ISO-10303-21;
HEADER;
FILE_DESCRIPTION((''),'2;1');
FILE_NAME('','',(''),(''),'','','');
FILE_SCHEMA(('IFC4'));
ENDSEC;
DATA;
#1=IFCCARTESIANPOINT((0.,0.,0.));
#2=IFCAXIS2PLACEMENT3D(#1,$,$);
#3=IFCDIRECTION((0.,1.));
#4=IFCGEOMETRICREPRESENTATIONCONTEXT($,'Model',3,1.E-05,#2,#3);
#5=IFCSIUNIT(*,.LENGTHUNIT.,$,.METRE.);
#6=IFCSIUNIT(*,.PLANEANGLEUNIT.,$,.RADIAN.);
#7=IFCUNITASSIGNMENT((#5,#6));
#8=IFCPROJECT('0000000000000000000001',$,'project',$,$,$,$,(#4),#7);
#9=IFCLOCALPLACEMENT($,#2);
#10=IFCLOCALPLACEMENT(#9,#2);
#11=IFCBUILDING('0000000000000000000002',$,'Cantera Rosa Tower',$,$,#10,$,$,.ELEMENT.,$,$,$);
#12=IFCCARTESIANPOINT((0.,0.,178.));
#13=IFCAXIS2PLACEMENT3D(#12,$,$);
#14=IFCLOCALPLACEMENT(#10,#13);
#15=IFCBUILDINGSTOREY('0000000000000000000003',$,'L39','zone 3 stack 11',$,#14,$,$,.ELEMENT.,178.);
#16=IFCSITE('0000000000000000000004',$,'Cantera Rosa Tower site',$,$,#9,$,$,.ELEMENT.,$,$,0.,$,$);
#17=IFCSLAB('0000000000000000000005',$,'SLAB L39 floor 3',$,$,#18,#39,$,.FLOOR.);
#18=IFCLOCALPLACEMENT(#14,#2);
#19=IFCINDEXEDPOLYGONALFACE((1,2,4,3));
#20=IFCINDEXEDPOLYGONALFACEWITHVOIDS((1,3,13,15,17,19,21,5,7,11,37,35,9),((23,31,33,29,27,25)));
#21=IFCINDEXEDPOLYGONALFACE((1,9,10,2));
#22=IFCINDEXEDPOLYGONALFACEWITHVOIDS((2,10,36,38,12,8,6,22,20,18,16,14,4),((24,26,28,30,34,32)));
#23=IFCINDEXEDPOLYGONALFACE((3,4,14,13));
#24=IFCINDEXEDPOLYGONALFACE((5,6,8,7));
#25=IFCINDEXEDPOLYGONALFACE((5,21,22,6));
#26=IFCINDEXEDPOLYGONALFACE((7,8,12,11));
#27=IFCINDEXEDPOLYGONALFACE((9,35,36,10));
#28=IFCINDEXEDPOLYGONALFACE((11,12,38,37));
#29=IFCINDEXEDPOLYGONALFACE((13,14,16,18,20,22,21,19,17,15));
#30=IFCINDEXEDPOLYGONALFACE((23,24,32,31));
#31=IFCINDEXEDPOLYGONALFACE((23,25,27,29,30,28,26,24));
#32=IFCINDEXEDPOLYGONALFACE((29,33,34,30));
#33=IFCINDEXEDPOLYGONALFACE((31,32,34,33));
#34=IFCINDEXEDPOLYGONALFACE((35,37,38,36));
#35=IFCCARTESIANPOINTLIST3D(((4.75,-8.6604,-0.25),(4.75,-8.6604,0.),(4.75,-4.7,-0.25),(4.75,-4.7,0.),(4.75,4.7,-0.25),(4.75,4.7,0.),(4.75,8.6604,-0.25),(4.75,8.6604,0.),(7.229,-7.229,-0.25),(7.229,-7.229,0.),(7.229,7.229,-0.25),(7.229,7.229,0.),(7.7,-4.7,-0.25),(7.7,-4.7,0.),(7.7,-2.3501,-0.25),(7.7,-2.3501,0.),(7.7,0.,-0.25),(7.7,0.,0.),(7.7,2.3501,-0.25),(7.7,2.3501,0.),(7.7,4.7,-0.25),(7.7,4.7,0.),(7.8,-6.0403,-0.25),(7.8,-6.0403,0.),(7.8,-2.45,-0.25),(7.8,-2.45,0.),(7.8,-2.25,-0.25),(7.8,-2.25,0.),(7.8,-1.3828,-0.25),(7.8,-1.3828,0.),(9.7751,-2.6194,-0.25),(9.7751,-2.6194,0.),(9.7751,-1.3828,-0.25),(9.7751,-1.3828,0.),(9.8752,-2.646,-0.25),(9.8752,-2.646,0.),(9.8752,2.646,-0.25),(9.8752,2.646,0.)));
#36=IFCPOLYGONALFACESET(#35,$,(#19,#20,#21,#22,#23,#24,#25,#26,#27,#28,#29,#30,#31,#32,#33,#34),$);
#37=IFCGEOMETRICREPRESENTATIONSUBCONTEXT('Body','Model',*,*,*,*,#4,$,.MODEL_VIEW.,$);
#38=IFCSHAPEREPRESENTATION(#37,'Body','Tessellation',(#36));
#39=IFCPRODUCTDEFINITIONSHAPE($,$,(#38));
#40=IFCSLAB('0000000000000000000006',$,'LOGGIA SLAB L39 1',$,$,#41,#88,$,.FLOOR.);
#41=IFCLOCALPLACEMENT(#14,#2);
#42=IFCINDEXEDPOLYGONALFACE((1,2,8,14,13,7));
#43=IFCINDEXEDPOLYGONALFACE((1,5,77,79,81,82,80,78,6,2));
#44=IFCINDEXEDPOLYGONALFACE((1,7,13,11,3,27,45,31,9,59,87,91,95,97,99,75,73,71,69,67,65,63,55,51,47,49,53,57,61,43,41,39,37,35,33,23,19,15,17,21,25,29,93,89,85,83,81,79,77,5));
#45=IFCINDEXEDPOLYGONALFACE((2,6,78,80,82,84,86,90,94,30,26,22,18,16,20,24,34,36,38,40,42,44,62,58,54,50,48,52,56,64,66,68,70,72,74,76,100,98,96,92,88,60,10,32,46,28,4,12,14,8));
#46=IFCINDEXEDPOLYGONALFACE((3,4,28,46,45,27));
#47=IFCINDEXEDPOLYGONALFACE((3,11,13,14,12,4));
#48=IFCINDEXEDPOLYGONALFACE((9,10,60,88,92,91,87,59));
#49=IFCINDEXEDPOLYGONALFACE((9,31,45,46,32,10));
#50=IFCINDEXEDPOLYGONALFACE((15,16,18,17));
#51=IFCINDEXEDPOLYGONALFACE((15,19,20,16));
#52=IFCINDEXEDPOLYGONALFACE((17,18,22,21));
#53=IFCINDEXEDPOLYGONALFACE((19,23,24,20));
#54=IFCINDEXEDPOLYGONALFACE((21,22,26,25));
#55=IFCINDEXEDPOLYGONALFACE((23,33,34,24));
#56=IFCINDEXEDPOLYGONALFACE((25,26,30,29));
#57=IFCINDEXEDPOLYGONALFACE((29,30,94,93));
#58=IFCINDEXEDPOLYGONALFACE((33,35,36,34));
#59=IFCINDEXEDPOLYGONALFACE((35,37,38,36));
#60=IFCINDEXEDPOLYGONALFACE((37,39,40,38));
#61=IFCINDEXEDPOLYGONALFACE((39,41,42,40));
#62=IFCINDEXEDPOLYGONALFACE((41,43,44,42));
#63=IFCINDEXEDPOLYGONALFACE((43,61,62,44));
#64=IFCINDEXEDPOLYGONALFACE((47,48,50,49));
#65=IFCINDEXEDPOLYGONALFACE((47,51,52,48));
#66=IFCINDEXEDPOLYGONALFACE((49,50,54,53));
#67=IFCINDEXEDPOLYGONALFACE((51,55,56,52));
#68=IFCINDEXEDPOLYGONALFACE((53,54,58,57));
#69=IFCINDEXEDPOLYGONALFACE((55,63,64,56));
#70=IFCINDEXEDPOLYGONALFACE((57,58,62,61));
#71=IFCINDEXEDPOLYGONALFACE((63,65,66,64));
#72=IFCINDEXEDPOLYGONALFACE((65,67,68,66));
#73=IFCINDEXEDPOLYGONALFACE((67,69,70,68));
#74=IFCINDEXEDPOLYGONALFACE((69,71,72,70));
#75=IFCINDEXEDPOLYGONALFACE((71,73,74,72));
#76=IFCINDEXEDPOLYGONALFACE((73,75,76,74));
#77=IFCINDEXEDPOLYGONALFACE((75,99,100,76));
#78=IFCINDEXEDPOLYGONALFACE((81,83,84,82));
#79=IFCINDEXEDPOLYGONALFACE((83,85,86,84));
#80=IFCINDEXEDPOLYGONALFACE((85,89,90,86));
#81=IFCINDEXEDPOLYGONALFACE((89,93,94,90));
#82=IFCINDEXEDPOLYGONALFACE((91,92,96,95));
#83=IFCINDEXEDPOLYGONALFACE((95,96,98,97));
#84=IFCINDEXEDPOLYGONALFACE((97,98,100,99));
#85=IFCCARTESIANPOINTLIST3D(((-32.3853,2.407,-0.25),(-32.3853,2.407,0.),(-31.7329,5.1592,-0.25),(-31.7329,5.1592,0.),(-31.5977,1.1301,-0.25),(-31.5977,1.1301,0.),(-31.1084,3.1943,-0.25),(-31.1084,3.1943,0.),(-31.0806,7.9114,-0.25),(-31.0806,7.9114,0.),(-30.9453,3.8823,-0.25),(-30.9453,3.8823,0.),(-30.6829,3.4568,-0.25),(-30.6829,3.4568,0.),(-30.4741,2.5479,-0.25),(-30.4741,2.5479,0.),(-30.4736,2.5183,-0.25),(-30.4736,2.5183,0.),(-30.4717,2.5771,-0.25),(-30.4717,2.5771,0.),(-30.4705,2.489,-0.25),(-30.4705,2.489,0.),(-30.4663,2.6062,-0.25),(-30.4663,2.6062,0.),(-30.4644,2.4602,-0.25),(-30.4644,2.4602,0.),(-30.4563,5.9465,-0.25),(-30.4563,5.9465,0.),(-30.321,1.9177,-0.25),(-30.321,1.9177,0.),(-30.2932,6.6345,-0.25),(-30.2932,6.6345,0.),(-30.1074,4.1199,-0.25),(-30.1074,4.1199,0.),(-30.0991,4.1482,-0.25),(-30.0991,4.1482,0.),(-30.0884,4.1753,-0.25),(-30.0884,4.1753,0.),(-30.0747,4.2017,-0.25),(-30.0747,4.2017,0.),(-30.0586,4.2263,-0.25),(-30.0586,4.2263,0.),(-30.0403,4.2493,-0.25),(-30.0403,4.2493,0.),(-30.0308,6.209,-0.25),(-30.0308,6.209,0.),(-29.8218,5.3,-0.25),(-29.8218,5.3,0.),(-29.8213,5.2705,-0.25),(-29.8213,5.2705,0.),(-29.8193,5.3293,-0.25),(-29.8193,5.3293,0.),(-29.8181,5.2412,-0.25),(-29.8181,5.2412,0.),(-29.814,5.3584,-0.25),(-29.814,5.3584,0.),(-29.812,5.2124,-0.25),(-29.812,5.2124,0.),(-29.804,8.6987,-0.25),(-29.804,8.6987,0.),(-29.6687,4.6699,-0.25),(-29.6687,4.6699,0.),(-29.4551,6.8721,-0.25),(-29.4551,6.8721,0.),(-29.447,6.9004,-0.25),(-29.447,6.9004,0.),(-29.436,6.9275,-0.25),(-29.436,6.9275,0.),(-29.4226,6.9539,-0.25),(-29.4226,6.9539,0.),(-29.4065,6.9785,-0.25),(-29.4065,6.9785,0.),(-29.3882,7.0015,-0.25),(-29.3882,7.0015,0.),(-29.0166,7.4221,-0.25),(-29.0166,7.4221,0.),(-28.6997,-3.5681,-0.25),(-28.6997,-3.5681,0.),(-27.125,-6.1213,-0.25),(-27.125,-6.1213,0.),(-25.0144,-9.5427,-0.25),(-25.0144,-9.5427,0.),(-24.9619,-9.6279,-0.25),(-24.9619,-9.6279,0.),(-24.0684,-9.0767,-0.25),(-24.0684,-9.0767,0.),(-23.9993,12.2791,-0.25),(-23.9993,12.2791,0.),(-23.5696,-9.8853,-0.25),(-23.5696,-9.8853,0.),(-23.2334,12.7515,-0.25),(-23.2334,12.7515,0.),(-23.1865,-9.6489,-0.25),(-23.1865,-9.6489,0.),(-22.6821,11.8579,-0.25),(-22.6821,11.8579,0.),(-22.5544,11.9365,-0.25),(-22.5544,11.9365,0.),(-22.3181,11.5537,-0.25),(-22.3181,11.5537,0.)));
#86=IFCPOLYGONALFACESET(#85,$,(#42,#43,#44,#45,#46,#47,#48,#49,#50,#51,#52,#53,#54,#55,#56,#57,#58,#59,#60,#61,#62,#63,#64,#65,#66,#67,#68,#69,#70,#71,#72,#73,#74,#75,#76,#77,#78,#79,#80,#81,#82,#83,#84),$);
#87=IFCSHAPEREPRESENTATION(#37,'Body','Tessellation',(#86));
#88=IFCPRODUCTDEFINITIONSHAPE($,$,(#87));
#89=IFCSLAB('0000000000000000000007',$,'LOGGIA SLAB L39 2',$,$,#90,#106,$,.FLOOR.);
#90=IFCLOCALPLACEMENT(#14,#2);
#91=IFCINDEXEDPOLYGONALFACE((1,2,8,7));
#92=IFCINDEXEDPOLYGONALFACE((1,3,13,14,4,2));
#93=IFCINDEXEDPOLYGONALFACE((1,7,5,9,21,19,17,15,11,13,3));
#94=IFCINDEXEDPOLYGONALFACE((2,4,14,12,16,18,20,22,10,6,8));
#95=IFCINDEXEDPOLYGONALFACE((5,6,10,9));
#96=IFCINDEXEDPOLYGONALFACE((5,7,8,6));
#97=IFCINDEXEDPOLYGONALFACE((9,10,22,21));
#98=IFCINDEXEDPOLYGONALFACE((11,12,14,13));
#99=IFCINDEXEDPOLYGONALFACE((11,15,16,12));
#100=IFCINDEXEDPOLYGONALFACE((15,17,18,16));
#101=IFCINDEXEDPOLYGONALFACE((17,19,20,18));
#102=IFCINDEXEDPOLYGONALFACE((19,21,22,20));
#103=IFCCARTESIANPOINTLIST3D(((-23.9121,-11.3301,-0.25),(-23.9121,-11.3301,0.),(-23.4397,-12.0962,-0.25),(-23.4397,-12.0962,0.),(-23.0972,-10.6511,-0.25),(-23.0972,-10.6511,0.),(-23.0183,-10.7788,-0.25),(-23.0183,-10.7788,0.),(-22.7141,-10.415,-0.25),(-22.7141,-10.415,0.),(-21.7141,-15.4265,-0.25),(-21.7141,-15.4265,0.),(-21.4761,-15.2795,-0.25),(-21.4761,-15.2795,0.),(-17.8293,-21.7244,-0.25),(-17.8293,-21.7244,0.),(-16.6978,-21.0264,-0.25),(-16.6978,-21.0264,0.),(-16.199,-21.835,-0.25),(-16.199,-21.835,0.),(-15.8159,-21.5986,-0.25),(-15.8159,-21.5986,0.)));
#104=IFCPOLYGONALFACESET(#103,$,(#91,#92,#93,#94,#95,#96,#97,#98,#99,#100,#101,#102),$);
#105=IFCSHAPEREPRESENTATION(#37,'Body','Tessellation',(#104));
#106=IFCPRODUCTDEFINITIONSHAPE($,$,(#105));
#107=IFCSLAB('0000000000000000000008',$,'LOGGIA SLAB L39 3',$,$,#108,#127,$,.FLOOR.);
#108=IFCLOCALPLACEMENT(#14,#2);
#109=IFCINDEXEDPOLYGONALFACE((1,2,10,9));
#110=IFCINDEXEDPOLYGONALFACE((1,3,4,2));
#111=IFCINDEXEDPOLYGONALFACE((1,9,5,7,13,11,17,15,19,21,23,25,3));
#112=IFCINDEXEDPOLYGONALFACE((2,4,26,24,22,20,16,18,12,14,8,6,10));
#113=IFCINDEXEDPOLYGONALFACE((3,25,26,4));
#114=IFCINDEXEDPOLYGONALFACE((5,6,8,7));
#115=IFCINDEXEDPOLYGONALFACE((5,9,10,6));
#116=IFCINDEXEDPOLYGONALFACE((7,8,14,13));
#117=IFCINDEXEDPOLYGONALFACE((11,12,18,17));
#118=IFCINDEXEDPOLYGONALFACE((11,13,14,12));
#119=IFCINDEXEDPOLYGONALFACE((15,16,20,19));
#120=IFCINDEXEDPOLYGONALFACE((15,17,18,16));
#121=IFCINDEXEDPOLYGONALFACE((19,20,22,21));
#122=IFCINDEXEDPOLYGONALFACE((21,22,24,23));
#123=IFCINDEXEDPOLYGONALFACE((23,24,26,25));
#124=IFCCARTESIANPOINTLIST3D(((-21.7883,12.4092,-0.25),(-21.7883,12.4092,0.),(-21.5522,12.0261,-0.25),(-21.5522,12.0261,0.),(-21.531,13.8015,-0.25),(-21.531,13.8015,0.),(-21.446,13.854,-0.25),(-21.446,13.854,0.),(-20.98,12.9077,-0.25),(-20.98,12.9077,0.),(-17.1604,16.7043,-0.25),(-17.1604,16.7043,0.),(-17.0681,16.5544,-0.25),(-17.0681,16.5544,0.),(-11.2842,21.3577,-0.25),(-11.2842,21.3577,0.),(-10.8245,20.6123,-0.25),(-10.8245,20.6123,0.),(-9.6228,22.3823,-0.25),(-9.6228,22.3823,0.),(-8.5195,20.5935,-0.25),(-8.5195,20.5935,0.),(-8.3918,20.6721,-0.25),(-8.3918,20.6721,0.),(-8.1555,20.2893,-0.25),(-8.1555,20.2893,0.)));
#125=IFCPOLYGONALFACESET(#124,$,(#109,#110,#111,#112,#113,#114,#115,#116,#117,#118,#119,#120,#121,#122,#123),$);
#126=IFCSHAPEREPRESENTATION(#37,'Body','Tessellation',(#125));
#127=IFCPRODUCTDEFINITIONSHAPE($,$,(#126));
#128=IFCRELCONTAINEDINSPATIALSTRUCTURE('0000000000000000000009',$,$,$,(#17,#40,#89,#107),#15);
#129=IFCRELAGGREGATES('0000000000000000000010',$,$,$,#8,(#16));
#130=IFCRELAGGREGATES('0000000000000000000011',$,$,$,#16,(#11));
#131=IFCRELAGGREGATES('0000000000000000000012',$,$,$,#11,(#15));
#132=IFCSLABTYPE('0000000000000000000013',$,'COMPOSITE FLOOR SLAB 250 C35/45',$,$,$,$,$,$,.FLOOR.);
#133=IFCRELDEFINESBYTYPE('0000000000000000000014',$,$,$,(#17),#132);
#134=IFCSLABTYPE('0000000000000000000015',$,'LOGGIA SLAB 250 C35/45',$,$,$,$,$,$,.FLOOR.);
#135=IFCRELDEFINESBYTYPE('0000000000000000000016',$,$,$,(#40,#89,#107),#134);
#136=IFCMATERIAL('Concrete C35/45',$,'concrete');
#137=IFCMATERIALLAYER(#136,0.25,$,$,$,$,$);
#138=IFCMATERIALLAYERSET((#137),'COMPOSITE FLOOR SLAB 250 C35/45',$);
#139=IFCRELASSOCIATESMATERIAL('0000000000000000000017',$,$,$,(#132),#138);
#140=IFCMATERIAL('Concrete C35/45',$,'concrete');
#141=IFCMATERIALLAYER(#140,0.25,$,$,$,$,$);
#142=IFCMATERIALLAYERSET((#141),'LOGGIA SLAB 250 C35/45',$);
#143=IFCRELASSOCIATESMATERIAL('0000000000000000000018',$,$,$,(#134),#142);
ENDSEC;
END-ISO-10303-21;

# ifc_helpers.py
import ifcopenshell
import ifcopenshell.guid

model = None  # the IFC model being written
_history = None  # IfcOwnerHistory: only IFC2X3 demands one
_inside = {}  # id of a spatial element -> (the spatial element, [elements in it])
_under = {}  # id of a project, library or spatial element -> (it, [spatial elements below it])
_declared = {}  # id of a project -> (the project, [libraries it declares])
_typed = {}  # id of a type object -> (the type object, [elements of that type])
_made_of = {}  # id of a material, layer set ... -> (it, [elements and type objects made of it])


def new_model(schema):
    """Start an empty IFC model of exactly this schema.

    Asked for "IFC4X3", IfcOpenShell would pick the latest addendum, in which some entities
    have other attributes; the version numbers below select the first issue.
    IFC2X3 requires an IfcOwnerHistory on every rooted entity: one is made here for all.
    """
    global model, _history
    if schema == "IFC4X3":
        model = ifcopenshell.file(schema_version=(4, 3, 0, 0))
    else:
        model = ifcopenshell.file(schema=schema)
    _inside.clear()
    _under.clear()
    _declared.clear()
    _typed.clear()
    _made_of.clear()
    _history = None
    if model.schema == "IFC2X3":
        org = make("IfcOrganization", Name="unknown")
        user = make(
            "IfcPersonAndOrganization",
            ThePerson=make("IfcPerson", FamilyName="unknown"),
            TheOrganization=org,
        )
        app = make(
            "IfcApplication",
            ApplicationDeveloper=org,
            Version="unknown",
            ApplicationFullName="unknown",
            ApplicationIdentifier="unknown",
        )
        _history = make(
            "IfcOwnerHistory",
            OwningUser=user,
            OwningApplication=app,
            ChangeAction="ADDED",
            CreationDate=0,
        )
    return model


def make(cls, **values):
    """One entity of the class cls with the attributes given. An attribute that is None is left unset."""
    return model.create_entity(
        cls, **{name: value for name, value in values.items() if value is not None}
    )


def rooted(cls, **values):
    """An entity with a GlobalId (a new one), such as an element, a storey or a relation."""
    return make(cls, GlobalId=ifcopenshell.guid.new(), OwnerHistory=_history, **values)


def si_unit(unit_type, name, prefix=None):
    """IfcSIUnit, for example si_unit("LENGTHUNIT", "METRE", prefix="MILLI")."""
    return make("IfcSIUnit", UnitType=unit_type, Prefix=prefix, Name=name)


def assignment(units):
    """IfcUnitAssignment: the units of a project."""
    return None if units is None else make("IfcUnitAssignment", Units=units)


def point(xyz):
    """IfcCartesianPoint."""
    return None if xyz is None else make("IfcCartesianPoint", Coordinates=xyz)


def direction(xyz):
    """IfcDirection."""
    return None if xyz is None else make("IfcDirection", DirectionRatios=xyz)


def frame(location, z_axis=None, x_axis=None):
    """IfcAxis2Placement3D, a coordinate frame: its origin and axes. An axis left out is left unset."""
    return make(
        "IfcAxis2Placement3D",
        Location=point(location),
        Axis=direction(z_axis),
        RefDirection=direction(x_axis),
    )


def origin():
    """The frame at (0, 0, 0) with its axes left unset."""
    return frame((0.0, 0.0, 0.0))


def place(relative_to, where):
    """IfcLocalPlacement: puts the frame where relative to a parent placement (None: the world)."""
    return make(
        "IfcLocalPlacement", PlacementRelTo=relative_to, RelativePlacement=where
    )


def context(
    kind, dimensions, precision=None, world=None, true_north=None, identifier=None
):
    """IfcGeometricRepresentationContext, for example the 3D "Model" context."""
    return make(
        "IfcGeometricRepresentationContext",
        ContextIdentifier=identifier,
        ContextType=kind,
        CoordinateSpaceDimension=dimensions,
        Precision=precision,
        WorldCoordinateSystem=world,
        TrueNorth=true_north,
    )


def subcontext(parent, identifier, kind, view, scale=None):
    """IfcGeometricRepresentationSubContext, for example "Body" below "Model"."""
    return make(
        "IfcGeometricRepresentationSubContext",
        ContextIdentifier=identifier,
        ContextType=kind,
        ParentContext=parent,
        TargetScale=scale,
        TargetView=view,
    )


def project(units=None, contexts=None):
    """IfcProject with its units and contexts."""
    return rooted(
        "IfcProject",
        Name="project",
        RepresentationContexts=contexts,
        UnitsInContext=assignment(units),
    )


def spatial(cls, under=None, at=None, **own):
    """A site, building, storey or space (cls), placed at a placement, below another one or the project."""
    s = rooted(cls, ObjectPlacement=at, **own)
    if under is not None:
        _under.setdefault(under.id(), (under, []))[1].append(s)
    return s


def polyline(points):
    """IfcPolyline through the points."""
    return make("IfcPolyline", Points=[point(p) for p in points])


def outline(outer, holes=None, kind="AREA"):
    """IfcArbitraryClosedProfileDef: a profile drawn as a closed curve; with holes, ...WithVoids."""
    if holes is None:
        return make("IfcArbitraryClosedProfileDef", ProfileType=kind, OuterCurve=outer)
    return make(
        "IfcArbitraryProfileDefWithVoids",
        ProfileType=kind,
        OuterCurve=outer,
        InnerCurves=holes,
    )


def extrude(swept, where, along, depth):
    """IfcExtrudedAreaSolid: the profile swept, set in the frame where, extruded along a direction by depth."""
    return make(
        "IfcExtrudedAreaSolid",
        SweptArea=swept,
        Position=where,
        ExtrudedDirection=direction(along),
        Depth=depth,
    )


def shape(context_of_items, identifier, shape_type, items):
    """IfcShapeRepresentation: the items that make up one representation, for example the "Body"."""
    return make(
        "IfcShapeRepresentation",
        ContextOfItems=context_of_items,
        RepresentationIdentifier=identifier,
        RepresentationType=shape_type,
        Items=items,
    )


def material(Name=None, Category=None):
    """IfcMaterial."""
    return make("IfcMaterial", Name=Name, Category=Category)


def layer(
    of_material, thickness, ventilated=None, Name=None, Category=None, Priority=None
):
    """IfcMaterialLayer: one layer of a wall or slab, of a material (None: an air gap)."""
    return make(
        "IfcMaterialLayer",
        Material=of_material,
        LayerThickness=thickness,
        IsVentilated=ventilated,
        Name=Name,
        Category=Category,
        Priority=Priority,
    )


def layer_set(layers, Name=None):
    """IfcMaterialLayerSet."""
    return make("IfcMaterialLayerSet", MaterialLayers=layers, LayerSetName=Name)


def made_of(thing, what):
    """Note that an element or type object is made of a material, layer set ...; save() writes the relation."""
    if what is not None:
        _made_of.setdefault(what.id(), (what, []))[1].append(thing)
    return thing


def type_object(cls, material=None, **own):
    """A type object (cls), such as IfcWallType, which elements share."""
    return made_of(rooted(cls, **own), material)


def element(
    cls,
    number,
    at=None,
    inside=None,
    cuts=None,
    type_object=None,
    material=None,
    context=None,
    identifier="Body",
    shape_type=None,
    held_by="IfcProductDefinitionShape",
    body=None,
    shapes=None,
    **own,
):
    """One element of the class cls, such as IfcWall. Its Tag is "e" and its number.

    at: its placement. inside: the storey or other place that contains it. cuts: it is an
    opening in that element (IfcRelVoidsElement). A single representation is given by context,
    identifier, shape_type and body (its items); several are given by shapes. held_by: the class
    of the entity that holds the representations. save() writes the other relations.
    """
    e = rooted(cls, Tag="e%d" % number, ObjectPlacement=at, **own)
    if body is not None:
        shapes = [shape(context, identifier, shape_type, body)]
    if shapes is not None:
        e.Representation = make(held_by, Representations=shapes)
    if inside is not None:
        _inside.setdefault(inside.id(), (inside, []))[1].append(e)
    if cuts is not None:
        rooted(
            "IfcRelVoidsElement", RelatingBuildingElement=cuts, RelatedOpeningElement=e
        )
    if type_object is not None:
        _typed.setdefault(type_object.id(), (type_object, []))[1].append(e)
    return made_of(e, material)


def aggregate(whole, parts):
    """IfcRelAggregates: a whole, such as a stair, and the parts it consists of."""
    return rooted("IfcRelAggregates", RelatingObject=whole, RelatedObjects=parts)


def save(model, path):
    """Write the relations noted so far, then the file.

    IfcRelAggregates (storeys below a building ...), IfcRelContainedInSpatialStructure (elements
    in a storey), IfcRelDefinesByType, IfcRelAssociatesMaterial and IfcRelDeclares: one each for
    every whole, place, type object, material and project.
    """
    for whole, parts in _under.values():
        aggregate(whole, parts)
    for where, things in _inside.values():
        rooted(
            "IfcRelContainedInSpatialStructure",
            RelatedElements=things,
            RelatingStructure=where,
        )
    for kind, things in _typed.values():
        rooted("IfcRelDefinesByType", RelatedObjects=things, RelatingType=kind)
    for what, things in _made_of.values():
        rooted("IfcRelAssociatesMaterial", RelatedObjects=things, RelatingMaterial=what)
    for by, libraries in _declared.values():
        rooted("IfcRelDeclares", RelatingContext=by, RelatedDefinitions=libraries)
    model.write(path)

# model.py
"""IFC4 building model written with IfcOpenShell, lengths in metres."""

from ifc_helpers import new_model, si_unit, direction, frame, origin, place, context, subcontext, project, spatial, polyline, outline, extrude, material, layer, layer_set, type_object, element, save


model = new_model("IFC4")

# Units and contexts
model_context = context("Model", 3, precision=1e-05, world=origin(), true_north=direction((0.0, 1.0)))
body_context = subcontext(model_context, "Body", "Model", "MODEL_VIEW")
ifc_project = project(units=[si_unit("LENGTHUNIT", "METRE"), si_unit("PLANEANGLEUNIT", "RADIAN")], contexts=[model_context])

# Site, building, storey
site_placement = place(None, origin())
site = spatial("IfcSite", under=ifc_project, at=site_placement, Name="Cantera Rosa Tower site", CompositionType="ELEMENT", RefElevation=0.0)
building_placement = place(site_placement, origin())
building = spatial("IfcBuilding", under=site, at=building_placement, Name="Cantera Rosa Tower", CompositionType="ELEMENT")
storey_placement = place(building_placement, frame((0.0, 0.0, 178.0)))
storey = spatial("IfcBuildingStorey", under=building, at=storey_placement, Name="L39", Description="zone 3 stack 11", CompositionType="ELEMENT", Elevation=178.0)

# Slabs
ifc_material_1 = material(Name="Concrete C35/45", Category="concrete")
ifc_layer_1 = layer(ifc_material_1, 0.25)
ifc_layer_set_1 = layer_set([ifc_layer_1], Name="COMPOSITE FLOOR SLAB 250 C35/45")
slab_type_1 = type_object("IfcSlabType", Name="COMPOSITE FLOOR SLAB 250 C35/45", PredefinedType="FLOOR", material=ifc_layer_set_1)
slab_1_placement = place(storey_placement, frame((0.0, 0.0, -0.25)))
element("IfcSlab", 1, at=slab_1_placement, inside=storey, type_object=slab_type_1, Name="SLAB L39 floor 3", PredefinedType="FLOOR", context=body_context, shape_type="SweptSolid", body=[
    extrude(outline(polyline([(4.75, 4.7), (4.75, 8.6604), (7.229, 7.229), (9.8752, 2.646), (9.8752, -2.646), (7.229, -7.229), (4.75, -8.6604), (4.75, -4.7), (7.7, -4.7), (7.7, -2.3501), (7.7, 0.0), (7.7, 2.3501), (7.7, 4.7), (4.75, 4.7)]), holes=[polyline([(9.7751, -2.6194), (9.7751, -1.3828), (7.8, -1.3828), (7.8, -2.25), (7.8, -2.45), (7.8, -6.0403), (9.7751, -2.6194)])]), origin(), (0.0, 0.0, 1.0), 0.25),
])
ifc_material_2 = material(Name="Concrete C35/45", Category="concrete")
ifc_layer_2 = layer(ifc_material_2, 0.25)
ifc_layer_set_2 = layer_set([ifc_layer_2], Name="LOGGIA SLAB 250 C35/45")
slab_type_2 = type_object("IfcSlabType", Name="LOGGIA SLAB 250 C35/45", PredefinedType="FLOOR", material=ifc_layer_set_2)
slab_2_placement = place(storey_placement, frame((0.0, 0.0, -0.25)))
element("IfcSlab", 2, at=slab_2_placement, inside=storey, type_object=slab_type_2, Name="LOGGIA SLAB L39 1", PredefinedType="FLOOR", context=body_context, shape_type="SweptSolid", body=[
    extrude(outline(polyline([(-28.6997, -3.5681), (-31.5977, 1.1301), (-32.3853, 2.407), (-31.1084, 3.1943), (-30.6829, 3.4568), (-30.9453, 3.8823), (-31.7329, 5.1592), (-30.4563, 5.9465), (-30.0308, 6.209), (-30.2932, 6.6345), (-31.0806, 7.9114), (-29.804, 8.6987), (-23.9993, 12.2791), (-23.2334, 12.7515), (-22.6821, 11.8579), (-22.5544, 11.9365), (-22.3181, 11.5537), (-29.0166, 7.4221), (-29.3882, 7.0015), (-29.4065, 6.9785), (-29.4226, 6.9539), (-29.436, 6.9275), (-29.447, 6.9004), (-29.4551, 6.8721), (-29.814, 5.3584), (-29.8193, 5.3293), (-29.8218, 5.3), (-29.8213, 5.2705), (-29.8181, 5.2412), (-29.812, 5.2124), (-29.6687, 4.6699), (-30.0403, 4.2493), (-30.0586, 4.2263), (-30.0747, 4.2017), (-30.0884, 4.1753), (-30.0991, 4.1482), (-30.1074, 4.1199), (-30.4663, 2.6062), (-30.4717, 2.5771), (-30.4741, 2.5479), (-30.4736, 2.5183), (-30.4705, 2.489), (-30.4644, 2.4602), (-30.321, 1.9177), (-23.1865, -9.6489), (-23.5696, -9.8853), (-24.0684, -9.0767), (-24.9619, -9.6279), (-25.0144, -9.5427), (-27.125, -6.1213), (-28.6997, -3.5681)])), origin(), (0.0, 0.0, 1.0), 0.25),
])
slab_3_placement = place(storey_placement, frame((0.0, 0.0, -0.25)))
element("IfcSlab", 3, at=slab_3_placement, inside=storey, type_object=slab_type_2, Name="LOGGIA SLAB L39 2", PredefinedType="FLOOR", context=body_context, shape_type="SweptSolid", body=[
    extrude(outline(polyline([(-23.4397, -12.0962), (-23.9121, -11.3301), (-23.0183, -10.7788), (-23.0972, -10.6511), (-22.7141, -10.415), (-15.8159, -21.5986), (-16.199, -21.835), (-16.6978, -21.0264), (-17.8293, -21.7244), (-21.7141, -15.4265), (-21.4761, -15.2795), (-23.4397, -12.0962)])), origin(), (0.0, 0.0, 1.0), 0.25),
])
slab_4_placement = place(storey_placement, frame((0.0, 0.0, -0.25)))
element("IfcSlab", 4, at=slab_4_placement, inside=storey, type_object=slab_type_2, Name="LOGGIA SLAB L39 3", PredefinedType="FLOOR", context=body_context, shape_type="SweptSolid", body=[
    extrude(outline(polyline([(-17.1604, 16.7043), (-10.8245, 20.6123), (-11.2842, 21.3577), (-9.6228, 22.3823), (-8.5195, 20.5935), (-8.3918, 20.6721), (-8.1555, 20.2893), (-21.5522, 12.0261), (-21.7883, 12.4092), (-20.98, 12.9077), (-21.531, 13.8015), (-21.446, 13.854), (-17.0681, 16.5544), (-17.1604, 16.7043)])), origin(), (0.0, 0.0, 1.0), 0.25),
])

save(model, "model.ifc")
